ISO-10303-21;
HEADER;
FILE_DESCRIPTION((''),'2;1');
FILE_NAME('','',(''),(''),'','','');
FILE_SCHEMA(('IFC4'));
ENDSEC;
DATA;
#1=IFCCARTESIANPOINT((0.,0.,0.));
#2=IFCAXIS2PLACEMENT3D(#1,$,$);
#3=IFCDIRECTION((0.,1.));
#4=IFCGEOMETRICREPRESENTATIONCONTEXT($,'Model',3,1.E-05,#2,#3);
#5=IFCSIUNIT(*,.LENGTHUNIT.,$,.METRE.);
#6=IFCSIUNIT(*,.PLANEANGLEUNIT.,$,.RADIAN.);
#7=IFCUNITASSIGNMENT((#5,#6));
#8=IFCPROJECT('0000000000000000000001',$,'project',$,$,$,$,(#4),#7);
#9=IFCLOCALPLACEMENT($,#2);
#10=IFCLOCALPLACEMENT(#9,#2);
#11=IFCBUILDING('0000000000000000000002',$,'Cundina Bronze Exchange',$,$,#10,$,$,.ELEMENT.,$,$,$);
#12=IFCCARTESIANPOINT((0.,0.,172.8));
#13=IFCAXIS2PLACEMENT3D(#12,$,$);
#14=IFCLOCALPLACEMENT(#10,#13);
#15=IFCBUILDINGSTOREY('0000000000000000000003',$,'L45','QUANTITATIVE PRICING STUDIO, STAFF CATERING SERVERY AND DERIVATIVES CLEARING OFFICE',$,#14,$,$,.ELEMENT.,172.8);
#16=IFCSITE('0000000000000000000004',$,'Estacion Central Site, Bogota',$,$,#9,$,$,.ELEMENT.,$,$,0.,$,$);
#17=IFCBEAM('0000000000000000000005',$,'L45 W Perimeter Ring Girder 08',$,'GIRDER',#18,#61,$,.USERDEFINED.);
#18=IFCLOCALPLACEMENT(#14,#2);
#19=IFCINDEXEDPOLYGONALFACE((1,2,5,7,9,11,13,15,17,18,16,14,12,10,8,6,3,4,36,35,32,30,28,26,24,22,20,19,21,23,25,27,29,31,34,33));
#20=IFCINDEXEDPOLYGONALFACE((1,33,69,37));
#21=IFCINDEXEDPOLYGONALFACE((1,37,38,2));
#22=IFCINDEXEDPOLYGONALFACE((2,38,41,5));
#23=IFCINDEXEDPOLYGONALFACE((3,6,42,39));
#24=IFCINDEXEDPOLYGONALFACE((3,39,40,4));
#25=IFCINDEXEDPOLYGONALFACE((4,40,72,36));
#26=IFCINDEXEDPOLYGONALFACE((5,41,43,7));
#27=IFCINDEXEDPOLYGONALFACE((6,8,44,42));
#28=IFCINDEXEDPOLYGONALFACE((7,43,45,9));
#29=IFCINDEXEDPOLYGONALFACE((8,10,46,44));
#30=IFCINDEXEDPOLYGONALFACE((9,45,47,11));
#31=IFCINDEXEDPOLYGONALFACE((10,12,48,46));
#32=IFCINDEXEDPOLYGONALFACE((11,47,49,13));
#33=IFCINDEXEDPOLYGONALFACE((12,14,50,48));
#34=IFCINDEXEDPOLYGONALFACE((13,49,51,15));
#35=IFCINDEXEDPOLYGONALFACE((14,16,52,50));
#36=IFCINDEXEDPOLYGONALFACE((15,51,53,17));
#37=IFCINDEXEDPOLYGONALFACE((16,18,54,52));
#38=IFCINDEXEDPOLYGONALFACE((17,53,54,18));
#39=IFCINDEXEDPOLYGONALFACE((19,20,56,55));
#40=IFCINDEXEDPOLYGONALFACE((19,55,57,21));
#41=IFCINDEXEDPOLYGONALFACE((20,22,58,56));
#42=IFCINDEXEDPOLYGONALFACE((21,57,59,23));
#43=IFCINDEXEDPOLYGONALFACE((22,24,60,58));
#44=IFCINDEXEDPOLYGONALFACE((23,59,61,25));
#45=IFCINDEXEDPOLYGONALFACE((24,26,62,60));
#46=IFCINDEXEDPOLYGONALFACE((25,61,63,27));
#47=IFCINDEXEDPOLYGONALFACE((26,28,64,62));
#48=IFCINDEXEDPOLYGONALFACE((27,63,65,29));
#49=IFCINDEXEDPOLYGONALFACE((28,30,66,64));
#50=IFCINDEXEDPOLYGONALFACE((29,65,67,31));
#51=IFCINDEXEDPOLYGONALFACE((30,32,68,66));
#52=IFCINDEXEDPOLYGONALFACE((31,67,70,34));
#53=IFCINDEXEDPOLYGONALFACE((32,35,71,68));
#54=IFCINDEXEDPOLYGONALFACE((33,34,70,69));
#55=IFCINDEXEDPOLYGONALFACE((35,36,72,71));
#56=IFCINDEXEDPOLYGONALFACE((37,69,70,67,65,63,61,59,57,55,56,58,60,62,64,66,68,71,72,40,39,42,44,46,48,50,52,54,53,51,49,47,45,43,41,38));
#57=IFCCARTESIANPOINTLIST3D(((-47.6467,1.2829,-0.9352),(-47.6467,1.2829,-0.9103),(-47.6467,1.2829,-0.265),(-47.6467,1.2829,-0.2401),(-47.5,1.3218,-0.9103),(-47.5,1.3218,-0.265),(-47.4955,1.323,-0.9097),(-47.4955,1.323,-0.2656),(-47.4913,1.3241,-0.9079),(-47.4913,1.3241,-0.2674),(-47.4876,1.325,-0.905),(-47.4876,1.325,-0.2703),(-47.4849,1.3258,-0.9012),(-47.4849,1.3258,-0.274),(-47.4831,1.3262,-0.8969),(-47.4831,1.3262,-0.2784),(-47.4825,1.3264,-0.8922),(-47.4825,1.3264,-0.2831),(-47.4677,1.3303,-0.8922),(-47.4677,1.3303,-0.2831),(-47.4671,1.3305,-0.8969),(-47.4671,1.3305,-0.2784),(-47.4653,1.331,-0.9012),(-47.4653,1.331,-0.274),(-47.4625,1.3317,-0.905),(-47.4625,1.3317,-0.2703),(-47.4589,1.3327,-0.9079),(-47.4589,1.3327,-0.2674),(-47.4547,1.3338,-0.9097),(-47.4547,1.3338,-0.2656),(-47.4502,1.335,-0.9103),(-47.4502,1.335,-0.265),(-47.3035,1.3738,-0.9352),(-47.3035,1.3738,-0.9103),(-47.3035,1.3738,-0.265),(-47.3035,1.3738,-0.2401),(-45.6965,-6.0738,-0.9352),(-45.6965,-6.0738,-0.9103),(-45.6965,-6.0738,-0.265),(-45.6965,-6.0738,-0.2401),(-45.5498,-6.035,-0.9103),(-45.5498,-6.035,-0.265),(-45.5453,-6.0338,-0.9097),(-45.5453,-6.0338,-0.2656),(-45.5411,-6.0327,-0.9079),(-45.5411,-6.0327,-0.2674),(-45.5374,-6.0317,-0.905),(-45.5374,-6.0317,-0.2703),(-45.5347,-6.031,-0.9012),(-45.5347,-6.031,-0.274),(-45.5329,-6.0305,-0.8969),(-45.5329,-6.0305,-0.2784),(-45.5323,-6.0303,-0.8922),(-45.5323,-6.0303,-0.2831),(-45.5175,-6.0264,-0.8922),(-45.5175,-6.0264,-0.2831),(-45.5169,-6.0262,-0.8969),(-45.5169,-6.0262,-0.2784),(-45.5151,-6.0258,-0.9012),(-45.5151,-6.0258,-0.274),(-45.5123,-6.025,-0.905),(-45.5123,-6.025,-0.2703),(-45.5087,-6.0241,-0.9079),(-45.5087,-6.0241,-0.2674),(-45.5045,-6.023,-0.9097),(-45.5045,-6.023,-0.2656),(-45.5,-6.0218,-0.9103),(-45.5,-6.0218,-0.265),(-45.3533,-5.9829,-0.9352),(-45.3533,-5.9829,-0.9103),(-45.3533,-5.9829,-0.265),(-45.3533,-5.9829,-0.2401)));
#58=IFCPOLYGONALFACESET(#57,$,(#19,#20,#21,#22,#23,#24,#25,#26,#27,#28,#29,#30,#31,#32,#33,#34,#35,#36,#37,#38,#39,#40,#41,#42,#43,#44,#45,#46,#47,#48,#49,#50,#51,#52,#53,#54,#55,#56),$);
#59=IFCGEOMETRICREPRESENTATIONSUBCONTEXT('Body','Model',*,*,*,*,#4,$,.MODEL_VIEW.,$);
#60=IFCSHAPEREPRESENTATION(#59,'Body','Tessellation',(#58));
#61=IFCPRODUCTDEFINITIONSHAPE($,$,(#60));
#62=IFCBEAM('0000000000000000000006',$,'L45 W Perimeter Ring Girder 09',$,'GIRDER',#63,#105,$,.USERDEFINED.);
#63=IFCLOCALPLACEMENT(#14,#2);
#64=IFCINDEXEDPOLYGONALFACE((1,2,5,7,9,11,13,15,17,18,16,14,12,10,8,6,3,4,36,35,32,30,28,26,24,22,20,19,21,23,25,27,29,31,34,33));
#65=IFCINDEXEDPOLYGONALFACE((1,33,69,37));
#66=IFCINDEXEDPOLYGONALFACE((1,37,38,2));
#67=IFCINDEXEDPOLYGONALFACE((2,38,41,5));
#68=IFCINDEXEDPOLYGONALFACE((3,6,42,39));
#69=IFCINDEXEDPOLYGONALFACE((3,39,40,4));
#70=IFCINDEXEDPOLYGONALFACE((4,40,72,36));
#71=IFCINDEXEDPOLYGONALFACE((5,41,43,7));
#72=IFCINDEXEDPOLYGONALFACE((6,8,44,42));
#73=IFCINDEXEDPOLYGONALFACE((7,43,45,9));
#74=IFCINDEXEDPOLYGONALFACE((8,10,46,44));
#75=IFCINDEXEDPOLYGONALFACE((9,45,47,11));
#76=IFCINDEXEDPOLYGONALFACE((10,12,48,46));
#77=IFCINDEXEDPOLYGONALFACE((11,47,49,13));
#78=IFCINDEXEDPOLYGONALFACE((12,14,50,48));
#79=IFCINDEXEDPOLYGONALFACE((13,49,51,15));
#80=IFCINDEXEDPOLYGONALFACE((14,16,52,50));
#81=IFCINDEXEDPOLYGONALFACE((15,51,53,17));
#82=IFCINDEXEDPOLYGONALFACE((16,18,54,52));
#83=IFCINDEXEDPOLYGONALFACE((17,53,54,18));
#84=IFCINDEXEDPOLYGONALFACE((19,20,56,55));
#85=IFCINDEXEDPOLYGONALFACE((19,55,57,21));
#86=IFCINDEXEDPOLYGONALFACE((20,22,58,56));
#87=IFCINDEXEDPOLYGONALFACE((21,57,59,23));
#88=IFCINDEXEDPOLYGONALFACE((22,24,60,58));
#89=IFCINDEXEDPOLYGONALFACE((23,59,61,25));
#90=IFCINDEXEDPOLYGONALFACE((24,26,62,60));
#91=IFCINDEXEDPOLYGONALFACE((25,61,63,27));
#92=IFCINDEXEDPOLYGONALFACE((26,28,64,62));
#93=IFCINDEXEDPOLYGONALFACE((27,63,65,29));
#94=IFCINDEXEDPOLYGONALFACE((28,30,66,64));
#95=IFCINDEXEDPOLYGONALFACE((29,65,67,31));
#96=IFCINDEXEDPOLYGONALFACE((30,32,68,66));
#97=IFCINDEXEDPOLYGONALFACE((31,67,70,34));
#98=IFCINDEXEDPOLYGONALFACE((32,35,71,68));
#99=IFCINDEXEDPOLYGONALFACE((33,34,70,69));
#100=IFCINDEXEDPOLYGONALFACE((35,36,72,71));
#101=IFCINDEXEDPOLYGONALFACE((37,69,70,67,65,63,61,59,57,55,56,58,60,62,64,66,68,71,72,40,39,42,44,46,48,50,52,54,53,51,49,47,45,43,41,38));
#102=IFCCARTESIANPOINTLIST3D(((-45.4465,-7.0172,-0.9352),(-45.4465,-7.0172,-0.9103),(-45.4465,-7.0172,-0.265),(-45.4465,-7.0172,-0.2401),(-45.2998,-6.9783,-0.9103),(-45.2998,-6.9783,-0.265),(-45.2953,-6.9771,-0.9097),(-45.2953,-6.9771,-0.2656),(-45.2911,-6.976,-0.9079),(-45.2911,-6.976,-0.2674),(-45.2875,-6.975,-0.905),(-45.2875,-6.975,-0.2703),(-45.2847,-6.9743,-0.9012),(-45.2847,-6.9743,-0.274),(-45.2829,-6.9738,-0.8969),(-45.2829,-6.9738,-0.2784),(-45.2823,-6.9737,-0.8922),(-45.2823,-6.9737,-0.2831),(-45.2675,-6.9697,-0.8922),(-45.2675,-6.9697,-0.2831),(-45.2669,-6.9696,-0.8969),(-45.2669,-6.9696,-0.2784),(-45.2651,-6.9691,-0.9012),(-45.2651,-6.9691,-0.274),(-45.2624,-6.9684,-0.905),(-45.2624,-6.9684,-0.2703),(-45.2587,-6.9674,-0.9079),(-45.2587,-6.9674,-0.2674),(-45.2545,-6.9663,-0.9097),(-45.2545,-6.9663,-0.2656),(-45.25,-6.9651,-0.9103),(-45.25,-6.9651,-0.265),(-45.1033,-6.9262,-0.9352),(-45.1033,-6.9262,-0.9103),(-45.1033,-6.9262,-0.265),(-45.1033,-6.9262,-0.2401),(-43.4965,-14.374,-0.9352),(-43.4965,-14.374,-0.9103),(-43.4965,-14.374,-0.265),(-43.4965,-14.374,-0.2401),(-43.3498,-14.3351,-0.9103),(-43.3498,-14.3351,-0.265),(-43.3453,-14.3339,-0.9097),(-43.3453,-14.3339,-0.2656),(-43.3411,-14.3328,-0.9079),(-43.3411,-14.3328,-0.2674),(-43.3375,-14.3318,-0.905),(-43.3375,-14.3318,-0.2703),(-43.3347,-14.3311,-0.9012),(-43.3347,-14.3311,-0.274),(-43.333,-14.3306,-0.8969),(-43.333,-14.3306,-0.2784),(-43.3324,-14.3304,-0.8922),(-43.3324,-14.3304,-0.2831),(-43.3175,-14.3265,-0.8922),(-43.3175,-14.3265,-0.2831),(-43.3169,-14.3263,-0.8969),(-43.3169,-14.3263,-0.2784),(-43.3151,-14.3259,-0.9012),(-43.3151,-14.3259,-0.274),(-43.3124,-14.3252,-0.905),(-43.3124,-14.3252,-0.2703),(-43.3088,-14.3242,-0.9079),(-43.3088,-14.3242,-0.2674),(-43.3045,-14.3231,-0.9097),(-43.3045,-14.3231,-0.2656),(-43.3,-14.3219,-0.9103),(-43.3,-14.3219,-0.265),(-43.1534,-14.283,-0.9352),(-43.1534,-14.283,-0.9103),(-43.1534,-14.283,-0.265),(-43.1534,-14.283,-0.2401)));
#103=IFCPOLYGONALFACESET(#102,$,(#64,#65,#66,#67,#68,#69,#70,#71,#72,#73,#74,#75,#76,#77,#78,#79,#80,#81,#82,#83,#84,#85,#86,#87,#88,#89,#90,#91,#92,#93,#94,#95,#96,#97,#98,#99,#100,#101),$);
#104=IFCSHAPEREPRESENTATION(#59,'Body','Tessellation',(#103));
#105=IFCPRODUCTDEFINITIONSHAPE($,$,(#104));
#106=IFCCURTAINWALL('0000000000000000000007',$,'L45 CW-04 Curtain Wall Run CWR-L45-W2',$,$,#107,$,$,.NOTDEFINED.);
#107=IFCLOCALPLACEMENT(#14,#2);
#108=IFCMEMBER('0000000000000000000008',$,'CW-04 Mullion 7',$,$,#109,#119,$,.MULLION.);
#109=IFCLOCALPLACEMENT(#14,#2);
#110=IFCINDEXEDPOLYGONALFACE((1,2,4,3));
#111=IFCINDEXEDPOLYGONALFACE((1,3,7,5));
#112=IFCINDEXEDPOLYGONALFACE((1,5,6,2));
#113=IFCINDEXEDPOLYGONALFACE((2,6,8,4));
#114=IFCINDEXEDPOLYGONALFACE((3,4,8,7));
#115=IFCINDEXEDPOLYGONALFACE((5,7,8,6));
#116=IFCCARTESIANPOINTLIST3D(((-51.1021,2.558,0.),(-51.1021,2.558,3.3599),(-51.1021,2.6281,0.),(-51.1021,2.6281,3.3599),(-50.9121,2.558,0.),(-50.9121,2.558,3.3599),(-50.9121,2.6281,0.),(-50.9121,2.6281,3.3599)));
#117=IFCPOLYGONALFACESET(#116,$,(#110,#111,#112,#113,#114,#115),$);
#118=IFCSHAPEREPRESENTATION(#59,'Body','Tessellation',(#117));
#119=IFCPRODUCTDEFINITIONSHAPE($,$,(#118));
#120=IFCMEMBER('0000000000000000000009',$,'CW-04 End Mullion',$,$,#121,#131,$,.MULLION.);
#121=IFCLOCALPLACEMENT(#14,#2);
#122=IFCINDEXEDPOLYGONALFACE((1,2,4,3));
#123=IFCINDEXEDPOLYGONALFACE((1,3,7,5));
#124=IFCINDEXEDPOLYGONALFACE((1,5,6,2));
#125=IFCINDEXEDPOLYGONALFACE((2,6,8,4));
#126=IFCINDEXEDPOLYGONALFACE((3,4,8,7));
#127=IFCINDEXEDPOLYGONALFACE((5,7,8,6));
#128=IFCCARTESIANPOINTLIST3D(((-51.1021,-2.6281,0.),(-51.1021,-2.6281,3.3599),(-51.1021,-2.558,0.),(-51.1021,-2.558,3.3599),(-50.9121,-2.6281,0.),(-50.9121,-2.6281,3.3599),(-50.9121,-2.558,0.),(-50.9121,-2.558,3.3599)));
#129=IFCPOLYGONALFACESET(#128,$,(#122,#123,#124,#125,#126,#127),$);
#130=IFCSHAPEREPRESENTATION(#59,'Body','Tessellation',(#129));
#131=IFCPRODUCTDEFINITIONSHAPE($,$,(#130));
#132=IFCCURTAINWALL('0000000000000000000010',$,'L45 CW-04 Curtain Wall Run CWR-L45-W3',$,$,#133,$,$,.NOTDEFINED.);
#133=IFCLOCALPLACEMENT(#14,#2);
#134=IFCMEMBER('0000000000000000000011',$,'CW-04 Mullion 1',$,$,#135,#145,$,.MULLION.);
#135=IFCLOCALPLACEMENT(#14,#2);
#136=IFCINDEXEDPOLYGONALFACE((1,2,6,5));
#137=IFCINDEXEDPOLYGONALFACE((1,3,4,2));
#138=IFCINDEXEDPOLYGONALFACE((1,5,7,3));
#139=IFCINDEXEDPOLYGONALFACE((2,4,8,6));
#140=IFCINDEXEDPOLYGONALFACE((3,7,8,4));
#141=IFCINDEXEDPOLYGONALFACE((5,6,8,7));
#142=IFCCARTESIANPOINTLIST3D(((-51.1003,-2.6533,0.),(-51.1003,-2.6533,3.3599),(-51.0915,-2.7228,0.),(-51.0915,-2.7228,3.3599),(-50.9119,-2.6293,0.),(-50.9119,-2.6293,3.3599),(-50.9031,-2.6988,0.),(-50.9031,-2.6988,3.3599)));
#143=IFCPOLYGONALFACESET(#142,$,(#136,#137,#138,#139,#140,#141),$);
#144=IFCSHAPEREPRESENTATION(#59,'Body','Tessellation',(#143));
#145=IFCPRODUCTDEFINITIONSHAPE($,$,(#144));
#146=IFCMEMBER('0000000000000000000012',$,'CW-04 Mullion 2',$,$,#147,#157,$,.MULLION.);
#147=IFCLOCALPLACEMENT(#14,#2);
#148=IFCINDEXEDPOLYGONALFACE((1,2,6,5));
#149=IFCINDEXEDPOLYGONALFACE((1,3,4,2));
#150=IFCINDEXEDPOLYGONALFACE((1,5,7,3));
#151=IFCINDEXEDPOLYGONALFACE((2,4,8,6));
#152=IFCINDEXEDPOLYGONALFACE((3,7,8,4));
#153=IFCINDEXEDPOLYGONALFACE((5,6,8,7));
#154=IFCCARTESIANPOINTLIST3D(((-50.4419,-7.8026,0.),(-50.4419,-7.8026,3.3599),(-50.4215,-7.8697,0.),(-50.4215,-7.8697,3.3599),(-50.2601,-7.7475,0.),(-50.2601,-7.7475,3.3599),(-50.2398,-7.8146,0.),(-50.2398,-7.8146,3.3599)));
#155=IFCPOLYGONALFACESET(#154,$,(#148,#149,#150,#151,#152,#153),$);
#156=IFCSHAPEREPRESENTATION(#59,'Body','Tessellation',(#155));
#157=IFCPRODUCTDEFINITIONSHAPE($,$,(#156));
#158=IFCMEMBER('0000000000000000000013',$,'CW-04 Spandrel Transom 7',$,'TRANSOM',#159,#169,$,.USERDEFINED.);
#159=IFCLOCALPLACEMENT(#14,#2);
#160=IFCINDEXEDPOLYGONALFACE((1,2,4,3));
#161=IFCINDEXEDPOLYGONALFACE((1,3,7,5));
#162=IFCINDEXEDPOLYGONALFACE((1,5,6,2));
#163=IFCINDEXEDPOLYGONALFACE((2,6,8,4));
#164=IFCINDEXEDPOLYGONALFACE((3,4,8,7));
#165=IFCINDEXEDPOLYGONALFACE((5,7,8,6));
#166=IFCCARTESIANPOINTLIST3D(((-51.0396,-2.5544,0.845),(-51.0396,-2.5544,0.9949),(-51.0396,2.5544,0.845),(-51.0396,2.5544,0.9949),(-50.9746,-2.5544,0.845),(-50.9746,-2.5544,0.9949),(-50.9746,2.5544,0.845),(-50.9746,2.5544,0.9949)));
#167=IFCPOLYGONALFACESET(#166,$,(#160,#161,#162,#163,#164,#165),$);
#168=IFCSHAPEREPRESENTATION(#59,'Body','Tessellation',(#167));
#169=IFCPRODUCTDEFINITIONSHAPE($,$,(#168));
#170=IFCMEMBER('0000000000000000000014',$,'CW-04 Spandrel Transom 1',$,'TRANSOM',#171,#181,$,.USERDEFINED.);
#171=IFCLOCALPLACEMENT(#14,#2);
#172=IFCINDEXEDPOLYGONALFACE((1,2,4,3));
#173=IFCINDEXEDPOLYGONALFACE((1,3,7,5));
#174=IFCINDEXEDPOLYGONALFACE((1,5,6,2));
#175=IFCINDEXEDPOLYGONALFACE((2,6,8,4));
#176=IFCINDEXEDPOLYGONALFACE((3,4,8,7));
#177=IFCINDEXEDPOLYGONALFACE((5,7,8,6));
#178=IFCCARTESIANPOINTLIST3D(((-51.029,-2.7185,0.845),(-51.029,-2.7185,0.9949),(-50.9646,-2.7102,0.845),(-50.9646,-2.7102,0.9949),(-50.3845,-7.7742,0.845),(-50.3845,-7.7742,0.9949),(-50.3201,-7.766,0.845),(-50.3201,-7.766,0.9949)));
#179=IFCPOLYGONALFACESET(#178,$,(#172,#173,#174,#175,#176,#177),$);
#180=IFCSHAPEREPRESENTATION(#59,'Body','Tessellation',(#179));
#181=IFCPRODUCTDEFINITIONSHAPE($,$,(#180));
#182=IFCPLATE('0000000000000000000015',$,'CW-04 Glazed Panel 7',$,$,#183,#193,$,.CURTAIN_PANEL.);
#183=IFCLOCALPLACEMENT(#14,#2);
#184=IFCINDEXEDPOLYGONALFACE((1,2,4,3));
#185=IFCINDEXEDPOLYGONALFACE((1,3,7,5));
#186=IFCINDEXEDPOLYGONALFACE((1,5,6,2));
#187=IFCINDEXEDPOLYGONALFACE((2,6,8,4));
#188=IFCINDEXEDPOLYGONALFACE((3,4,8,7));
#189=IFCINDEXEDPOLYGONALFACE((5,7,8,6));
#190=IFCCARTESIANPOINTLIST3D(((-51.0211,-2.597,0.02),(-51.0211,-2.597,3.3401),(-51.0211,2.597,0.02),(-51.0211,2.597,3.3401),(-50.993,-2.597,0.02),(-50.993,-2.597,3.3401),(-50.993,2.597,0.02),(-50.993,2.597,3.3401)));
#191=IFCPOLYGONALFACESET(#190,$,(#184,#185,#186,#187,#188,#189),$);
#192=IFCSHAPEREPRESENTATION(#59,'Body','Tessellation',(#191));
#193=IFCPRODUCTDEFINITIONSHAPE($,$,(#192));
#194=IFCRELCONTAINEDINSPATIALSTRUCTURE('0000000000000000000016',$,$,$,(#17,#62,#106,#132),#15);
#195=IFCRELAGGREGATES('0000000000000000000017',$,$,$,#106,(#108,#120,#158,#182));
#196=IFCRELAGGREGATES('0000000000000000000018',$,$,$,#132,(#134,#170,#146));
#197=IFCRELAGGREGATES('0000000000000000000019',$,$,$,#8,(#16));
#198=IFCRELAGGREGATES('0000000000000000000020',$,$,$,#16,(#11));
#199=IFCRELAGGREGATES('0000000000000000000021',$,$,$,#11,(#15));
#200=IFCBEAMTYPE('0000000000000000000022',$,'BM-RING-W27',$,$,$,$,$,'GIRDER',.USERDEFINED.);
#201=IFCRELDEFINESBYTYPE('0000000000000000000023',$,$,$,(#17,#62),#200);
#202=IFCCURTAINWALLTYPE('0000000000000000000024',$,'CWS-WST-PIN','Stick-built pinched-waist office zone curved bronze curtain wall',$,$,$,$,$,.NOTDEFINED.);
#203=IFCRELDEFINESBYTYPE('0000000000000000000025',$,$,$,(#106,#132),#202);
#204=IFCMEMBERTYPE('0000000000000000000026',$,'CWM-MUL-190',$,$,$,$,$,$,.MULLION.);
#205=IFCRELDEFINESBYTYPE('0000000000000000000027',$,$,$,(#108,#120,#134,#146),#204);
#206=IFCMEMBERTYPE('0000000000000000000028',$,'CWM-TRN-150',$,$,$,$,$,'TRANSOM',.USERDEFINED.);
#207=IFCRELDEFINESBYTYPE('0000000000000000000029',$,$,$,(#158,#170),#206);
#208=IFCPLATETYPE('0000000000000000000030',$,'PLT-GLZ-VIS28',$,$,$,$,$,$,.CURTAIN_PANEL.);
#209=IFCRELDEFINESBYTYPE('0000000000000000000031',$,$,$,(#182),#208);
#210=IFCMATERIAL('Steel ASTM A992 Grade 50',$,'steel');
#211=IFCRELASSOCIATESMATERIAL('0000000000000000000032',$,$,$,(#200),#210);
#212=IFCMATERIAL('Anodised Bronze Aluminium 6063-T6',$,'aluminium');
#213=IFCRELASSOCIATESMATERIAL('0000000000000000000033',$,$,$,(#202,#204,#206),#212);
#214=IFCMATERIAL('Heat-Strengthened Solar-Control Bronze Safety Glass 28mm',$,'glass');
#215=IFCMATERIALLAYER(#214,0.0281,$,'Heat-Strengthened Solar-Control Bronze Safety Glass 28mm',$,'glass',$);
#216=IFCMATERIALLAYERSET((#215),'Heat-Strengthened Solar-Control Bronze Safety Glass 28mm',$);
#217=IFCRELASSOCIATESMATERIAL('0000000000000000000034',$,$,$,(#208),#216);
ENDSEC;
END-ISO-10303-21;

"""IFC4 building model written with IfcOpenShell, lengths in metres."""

from ifc_helpers import new_model, si_unit, direction, frame, origin, origin_2d, place, context, subcontext, project, spatial, rectangle, i_section, extrude, material, layer, layer_set, material_profile, profile_set, type_object, element, aggregate, save


model = new_model("IFC4")

# Units and contexts
model_context = context("Model", 3, precision=1e-05, world=origin(), true_north=direction((0.0, 1.0)))
body_context = subcontext(model_context, "Body", "Model", "MODEL_VIEW")
ifc_project = project(units=[si_unit("LENGTHUNIT", "METRE"), si_unit("PLANEANGLEUNIT", "RADIAN")], contexts=[model_context])

# Site, building, storey
site_placement = place(None, origin())
site = spatial("IfcSite", under=ifc_project, at=site_placement, Name="Estacion Central Site, Bogota", CompositionType="ELEMENT", RefElevation=0.0)
building_placement = place(site_placement, origin())
building = spatial("IfcBuilding", under=site, at=building_placement, Name="Cundina Bronze Exchange", CompositionType="ELEMENT")
storey_placement = place(building_placement, frame((0.0, 0.0, 172.8)))
storey = spatial("IfcBuildingStorey", under=building, at=storey_placement, Name="L45", Description="QUANTITATIVE PRICING STUDIO, STAFF CATERING SERVERY AND DERIVATIVES CLEARING OFFICE", CompositionType="ELEMENT", Elevation=172.8)

# Shared definitions
ifc_material_1 = material(Name="Steel ASTM A992 Grade 50", Category="steel")

# Beams
ifc_material_profile_1 = material_profile(ifc_material_1, i_section(OverallWidth=0.355, OverallDepth=0.6951, WebThickness=0.0154, FlangeThickness=0.0249, FilletRadius=0.0181, at=origin_2d()), Name="W27X146", Category="steel")
ifc_profile_set_1 = profile_set([ifc_material_profile_1], Name="Steel ASTM A992 Grade 50")
beam_type_1 = type_object("IfcBeamType", Name="BM-RING-W27", ElementType="GIRDER", PredefinedType="USERDEFINED", material=ifc_profile_set_1)
for number, where, z_axis, x_axis, name in (
    (1, (-47.4751, 1.3284, -0.5876), (0.256241, -0.966613, 0.0), (0.966613, 0.256241, 0.0), "L45 W Perimeter Ring Girder 08"),
    (2, (-45.2749, -6.9717, -0.5876), (0.256211, -0.966621, 0.0), (0.966621, 0.256211, 0.0), "L45 W Perimeter Ring Girder 09"),
):
    element("IfcBeam", number, at=place(storey_placement, frame(where, z_axis=z_axis, x_axis=x_axis)), inside=storey, type_object=beam_type_1, Name=name, ObjectType="GIRDER", PredefinedType="USERDEFINED", context=body_context, shape_type="SweptSolid", body=[
        extrude(i_section(OverallWidth=0.355, OverallDepth=0.6951, WebThickness=0.0154, FlangeThickness=0.0249, FilletRadius=0.0181, at=origin_2d()), origin(), (0.0, 0.0, 1.0), 7.6108),
    ])

# Curtain walls, members
ifc_material_2 = material(Name="Anodised Bronze Aluminium 6063-T6", Category="aluminium")
curtain_wall_type = type_object("IfcCurtainWallType", Name="CWS-WST-PIN", Description="Stick-built pinched-waist office zone curved bronze curtain wall", PredefinedType="NOTDEFINED", material=ifc_material_2)
curtain_wall_1_placement = place(storey_placement, origin())
curtain_wall_1 = element("IfcCurtainWall", 3, at=curtain_wall_1_placement, inside=storey, type_object=curtain_wall_type, Name="L45 CW-04 Curtain Wall Run CWR-L45-W2", PredefinedType="NOTDEFINED")
ifc_material_profile_2 = material_profile(ifc_material_2, rectangle(XDim=0.0701, YDim=0.1899, at=origin_2d()), Name="AL70X190", Category="aluminium")
ifc_profile_set_2 = profile_set([ifc_material_profile_2], Name="Anodised Bronze Aluminium 6063-T6")
member_type_1 = type_object("IfcMemberType", Name="CWM-MUL-190", PredefinedType="MULLION", material=ifc_profile_set_2)
member_1_placement = place(storey_placement, frame((-51.0071, 2.593, 0.0), z_axis=(0.0, 0.0, 1.0), x_axis=(0.0, -1.0, 0.0)))
member_1 = element("IfcMember", 4, at=member_1_placement, type_object=member_type_1, Name="CW-04 Mullion 7", PredefinedType="MULLION", context=body_context, shape_type="SweptSolid", body=[
    extrude(rectangle(XDim=0.0701, YDim=0.1899, at=origin_2d()), origin(), (0.0, 0.0, 1.0), 3.3599),
])
member_2_placement = place(storey_placement, frame((-51.0071, -2.593, 0.0), z_axis=(0.0, 0.0, 1.0), x_axis=(0.0, -1.0, 0.0)))
member_2 = element("IfcMember", 5, at=member_2_placement, type_object=member_type_1, Name="CW-04 End Mullion", PredefinedType="MULLION", context=body_context, shape_type="SweptSolid", body=[
    extrude(rectangle(XDim=0.0701, YDim=0.1899, at=origin_2d()), origin(), (0.0, 0.0, 1.0), 3.3599),
])
curtain_wall_2_placement = place(storey_placement, origin())
curtain_wall_2 = element("IfcCurtainWall", 6, at=curtain_wall_2_placement, inside=storey, type_object=curtain_wall_type, Name="L45 CW-04 Curtain Wall Run CWR-L45-W3", PredefinedType="NOTDEFINED")
member_3_placement = place(storey_placement, frame((-51.0017, -2.676, 0.0), z_axis=(0.0, 0.0, 1.0), x_axis=(0.126545, -0.991961, 0.0)))
member_3 = element("IfcMember", 7, at=member_3_placement, type_object=member_type_1, Name="CW-04 Mullion 1", PredefinedType="MULLION", context=body_context, shape_type="SweptSolid", body=[
    extrude(rectangle(XDim=0.0701, YDim=0.1899, at=origin_2d()), origin(), (0.0, 0.0, 1.0), 3.3599),
])
member_4_placement = place(storey_placement, frame((-50.3408, -7.8086, 0.0), z_axis=(0.0, 0.0, 1.0), x_axis=(0.290034, -0.957016, 0.0)))
member_4 = element("IfcMember", 8, at=member_4_placement, type_object=member_type_1, Name="CW-04 Mullion 2", PredefinedType="MULLION", context=body_context, shape_type="SweptSolid", body=[
    extrude(rectangle(XDim=0.0701, YDim=0.1899, at=origin_2d()), origin(), (0.0, 0.0, 1.0), 3.3599),
])

# Members
ifc_material_profile_3 = material_profile(ifc_material_2, rectangle(XDim=0.0649, YDim=0.1499, at=origin_2d()), Name="AL65X150", Category="aluminium")
ifc_profile_set_3 = profile_set([ifc_material_profile_3], Name="Anodised Bronze Aluminium 6063-T6")
member_type_2 = type_object("IfcMemberType", Name="CWM-TRN-150", ElementType="TRANSOM", PredefinedType="USERDEFINED", material=ifc_profile_set_3)
member_5_placement = place(storey_placement, frame((-51.0071, 2.5544, 0.9199), z_axis=(0.0, -1.0, 0.0), x_axis=(1.0, 0.0, 0.0)))
member_5 = element("IfcMember", 9, at=member_5_placement, type_object=member_type_2, Name="CW-04 Spandrel Transom 7", ObjectType="TRANSOM", PredefinedType="USERDEFINED", context=body_context, shape_type="SweptSolid", body=[
    extrude(rectangle(XDim=0.0649, YDim=0.1499, at=origin_2d()), origin(), (0.0, 0.0, 1.0), 5.1089),
])
member_6_placement = place(storey_placement, frame((-50.9968, -2.7144, 0.9199), z_axis=(0.126463, -0.991971, 0.0), x_axis=(0.991971, 0.126463, 0.0)))
member_6 = element("IfcMember", 10, at=member_6_placement, type_object=member_type_2, Name="CW-04 Spandrel Transom 1", ObjectType="TRANSOM", PredefinedType="USERDEFINED", context=body_context, shape_type="SweptSolid", body=[
    extrude(rectangle(XDim=0.0649, YDim=0.1499, at=origin_2d()), origin(), (0.0, 0.0, 1.0), 5.0967),
])

# Plate
ifc_material_3 = material(Name="Heat-Strengthened Solar-Control Bronze Safety Glass 28mm", Category="glass")
ifc_layer_1 = layer(ifc_material_3, 0.0281, Name="Heat-Strengthened Solar-Control Bronze Safety Glass 28mm", Category="glass")
ifc_layer_set_1 = layer_set([ifc_layer_1], Name="Heat-Strengthened Solar-Control Bronze Safety Glass 28mm")
plate_type = type_object("IfcPlateType", Name="PLT-GLZ-VIS28", PredefinedType="CURTAIN_PANEL", material=ifc_layer_set_1)
plate_1_placement = place(storey_placement, frame((-51.0071, 0.0, 0.02), z_axis=(0.0, 0.0, 1.0), x_axis=(0.0, -1.0, 0.0)))
plate_1 = element("IfcPlate", 11, at=plate_1_placement, type_object=plate_type, Name="CW-04 Glazed Panel 7", PredefinedType="CURTAIN_PANEL", context=body_context, shape_type="SweptSolid", body=[
    extrude(rectangle(XDim=5.1941, YDim=0.0281, at=origin_2d()), origin(), (0.0, 0.0, 1.0), 3.3201),
])
aggregate(curtain_wall_1, [member_1, member_2, member_5, plate_1])
aggregate(curtain_wall_2, [member_3, member_6, member_4])

save(model, "model.ifc")
